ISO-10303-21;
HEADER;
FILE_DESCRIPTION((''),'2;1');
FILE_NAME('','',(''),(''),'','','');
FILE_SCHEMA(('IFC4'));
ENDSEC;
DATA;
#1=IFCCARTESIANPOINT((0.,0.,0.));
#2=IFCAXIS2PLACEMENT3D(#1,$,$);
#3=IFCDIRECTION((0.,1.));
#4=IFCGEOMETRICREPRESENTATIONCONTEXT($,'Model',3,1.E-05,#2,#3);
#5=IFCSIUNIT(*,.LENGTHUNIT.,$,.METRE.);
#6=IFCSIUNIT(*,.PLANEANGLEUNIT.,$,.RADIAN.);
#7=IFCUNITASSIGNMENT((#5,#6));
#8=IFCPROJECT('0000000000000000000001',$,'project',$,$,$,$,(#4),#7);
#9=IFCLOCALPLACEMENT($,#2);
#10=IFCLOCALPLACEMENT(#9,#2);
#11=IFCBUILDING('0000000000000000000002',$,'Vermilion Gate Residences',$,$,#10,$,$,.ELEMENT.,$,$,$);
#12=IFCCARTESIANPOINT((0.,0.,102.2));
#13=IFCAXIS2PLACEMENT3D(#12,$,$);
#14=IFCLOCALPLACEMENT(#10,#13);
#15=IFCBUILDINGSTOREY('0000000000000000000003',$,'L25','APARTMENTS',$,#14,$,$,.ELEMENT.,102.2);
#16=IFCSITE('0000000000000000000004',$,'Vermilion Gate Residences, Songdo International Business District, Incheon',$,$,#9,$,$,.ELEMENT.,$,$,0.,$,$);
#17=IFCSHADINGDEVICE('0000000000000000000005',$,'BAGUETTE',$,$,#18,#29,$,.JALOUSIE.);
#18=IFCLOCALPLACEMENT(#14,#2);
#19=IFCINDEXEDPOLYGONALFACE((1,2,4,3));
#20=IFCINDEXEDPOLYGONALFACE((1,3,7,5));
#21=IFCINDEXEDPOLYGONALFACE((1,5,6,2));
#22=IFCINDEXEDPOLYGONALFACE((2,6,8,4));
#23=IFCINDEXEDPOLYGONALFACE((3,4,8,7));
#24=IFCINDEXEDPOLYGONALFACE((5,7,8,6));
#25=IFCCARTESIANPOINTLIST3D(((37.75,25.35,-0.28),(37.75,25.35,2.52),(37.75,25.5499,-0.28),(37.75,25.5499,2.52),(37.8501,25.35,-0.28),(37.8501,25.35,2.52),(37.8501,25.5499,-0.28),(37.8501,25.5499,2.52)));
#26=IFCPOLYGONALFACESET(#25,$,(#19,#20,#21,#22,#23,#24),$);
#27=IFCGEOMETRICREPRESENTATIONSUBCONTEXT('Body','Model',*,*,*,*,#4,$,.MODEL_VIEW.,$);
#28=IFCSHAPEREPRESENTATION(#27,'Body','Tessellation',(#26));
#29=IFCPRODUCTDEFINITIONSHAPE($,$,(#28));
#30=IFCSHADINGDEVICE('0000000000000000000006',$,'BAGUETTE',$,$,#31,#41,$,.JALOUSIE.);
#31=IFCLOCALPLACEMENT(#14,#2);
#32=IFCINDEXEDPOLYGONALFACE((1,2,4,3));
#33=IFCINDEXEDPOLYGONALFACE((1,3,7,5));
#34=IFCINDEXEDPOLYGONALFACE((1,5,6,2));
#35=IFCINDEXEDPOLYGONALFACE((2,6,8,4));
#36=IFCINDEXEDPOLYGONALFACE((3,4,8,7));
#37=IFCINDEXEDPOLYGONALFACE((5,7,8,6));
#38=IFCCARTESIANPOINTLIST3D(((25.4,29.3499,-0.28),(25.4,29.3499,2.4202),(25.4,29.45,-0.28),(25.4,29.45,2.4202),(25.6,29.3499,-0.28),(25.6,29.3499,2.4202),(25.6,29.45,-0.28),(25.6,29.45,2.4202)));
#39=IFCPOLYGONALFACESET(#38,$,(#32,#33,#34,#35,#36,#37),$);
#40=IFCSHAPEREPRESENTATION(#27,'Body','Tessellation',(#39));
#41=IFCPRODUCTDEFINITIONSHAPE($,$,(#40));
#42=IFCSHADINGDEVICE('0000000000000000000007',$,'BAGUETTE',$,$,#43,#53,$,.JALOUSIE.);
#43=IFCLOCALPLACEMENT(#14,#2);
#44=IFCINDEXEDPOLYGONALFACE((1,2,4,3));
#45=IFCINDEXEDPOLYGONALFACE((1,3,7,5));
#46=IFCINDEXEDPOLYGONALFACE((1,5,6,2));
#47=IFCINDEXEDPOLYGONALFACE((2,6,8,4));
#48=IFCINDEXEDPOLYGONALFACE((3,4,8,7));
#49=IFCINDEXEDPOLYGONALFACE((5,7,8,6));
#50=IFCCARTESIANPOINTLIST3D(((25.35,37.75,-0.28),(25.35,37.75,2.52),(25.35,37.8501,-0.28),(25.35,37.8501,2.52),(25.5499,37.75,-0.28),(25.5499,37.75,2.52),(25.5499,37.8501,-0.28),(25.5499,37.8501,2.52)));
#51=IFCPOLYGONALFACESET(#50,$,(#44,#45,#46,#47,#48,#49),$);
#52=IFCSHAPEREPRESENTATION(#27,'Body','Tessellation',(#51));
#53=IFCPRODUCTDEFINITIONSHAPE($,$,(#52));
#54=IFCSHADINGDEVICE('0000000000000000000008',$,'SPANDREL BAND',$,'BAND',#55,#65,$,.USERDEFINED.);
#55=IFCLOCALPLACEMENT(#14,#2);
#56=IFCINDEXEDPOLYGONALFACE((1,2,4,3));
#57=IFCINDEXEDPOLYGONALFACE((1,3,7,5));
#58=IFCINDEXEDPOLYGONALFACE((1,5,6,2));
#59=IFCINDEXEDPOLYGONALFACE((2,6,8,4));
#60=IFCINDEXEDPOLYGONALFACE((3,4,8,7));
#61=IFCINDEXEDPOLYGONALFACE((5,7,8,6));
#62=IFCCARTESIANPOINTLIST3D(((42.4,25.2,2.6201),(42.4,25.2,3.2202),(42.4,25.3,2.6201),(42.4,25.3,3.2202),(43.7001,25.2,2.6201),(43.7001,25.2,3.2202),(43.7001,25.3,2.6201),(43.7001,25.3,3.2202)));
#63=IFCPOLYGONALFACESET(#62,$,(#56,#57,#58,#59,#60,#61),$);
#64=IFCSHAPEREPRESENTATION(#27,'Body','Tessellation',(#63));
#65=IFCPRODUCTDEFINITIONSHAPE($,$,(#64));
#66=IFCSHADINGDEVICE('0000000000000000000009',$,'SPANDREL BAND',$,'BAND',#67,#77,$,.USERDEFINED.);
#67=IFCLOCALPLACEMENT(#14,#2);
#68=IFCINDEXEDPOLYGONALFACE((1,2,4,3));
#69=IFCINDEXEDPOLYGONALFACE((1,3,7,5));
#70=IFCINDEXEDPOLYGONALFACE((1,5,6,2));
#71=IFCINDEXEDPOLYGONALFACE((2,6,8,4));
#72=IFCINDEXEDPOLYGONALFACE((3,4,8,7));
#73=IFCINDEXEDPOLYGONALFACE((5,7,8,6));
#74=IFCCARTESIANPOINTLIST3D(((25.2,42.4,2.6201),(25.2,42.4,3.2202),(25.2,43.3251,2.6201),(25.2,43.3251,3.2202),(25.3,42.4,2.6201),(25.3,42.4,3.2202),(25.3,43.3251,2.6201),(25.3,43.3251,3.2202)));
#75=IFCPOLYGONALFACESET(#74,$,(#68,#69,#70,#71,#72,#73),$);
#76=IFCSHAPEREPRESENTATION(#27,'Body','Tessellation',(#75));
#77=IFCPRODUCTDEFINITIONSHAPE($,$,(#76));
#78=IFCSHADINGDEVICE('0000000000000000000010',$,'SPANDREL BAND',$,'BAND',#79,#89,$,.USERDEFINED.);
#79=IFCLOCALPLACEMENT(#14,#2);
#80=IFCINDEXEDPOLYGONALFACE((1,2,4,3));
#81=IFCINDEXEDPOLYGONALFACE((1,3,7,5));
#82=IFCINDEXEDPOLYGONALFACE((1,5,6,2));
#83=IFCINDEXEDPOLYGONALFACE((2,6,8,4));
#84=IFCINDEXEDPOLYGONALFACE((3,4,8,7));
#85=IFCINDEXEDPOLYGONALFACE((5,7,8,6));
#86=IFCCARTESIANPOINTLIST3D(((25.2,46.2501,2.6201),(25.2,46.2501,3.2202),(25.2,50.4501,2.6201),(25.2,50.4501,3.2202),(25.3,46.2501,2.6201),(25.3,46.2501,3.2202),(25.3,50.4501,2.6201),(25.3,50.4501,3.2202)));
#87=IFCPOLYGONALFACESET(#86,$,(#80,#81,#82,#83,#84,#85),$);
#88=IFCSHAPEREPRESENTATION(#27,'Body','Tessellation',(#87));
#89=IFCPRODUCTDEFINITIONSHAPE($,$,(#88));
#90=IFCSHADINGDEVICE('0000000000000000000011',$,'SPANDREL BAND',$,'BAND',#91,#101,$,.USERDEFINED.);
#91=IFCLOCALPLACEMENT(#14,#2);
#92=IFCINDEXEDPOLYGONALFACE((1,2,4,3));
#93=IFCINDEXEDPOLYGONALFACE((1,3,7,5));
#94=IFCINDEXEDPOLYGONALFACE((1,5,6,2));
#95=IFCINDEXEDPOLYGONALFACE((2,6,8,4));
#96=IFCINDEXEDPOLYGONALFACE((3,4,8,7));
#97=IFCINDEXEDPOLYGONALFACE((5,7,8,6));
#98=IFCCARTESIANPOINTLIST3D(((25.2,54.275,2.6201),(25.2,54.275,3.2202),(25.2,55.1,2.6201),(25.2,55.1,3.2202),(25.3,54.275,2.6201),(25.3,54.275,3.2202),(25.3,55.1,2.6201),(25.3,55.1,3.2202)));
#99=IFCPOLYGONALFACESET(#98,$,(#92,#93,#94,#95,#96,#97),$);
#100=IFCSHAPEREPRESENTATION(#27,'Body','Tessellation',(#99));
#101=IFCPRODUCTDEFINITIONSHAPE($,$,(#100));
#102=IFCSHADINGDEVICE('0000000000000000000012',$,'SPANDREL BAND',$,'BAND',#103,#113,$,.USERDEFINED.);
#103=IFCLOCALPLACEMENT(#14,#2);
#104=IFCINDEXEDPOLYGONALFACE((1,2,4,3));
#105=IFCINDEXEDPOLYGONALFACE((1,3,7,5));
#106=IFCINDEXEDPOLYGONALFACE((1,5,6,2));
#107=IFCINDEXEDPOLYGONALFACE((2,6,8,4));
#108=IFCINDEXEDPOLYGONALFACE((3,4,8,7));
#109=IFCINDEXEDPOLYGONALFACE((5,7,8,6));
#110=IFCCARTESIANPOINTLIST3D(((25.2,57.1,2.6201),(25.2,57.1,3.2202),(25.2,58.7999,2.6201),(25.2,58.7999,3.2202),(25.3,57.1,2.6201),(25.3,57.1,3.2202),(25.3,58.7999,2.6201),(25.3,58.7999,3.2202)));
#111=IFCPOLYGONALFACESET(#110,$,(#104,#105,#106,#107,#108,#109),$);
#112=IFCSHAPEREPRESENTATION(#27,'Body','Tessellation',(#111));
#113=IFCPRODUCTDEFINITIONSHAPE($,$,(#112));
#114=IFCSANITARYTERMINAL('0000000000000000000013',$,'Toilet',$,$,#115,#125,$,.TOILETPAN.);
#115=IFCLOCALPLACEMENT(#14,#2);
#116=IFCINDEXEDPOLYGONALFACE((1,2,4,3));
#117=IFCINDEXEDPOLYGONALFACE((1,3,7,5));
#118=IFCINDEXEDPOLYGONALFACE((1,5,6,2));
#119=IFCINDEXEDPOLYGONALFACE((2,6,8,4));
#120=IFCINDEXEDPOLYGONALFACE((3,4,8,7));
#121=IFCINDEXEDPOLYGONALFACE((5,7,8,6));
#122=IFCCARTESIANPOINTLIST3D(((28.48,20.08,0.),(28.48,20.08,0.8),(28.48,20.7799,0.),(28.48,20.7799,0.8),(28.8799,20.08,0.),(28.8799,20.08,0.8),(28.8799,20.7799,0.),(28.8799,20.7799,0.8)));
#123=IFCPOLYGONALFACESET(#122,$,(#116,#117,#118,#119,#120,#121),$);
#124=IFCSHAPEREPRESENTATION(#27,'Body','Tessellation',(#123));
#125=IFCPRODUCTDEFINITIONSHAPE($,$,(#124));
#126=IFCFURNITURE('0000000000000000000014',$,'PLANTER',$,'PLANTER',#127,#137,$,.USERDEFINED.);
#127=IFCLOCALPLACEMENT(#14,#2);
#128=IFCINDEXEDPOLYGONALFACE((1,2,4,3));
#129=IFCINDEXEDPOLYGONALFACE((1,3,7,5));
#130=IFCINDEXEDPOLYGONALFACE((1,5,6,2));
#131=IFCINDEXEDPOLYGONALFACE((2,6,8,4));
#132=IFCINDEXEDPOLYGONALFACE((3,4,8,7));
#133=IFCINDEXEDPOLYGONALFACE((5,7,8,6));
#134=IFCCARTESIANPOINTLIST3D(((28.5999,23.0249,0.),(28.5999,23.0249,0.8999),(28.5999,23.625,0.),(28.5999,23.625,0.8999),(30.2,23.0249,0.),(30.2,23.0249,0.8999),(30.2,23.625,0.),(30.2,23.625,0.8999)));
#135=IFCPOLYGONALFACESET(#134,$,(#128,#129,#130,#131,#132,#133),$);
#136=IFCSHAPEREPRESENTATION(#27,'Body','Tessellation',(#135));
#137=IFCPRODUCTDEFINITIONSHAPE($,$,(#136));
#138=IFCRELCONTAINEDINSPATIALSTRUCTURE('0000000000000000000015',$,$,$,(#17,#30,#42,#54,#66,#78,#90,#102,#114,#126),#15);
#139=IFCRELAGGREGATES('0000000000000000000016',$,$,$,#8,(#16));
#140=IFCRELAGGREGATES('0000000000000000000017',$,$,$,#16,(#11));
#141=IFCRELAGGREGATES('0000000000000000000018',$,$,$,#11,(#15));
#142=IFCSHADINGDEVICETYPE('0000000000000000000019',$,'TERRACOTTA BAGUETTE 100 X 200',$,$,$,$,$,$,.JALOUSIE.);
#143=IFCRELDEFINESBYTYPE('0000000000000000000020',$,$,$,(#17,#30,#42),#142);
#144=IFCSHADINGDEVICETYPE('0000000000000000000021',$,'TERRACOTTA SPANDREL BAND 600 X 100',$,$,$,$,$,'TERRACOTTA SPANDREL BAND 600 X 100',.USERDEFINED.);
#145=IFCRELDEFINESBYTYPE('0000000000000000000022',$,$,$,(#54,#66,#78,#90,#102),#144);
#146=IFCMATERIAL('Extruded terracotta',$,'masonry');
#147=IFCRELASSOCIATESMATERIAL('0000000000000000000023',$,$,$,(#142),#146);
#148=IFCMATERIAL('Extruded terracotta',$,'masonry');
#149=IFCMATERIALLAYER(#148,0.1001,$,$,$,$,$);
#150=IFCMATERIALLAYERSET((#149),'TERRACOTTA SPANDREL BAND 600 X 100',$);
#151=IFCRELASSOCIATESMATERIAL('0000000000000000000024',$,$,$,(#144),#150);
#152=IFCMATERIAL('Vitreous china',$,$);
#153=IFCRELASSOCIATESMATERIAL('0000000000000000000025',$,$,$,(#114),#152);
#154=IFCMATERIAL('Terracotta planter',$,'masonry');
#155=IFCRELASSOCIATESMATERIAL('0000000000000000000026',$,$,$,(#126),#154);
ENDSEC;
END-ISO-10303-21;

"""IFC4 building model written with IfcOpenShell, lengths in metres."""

from ifc_helpers import new_model, si_unit, direction, frame, origin, origin_2d, place, context, subcontext, project, spatial, rectangle, extrude, material, layer, layer_set, material_profile, profile_set, type_object, element, save


model = new_model("IFC4")

# Units and contexts
model_context = context("Model", 3, precision=1e-05, world=origin(), true_north=direction((0.0, 1.0)))
body_context = subcontext(model_context, "Body", "Model", "MODEL_VIEW")
ifc_project = project(units=[si_unit("LENGTHUNIT", "METRE"), si_unit("PLANEANGLEUNIT", "RADIAN")], contexts=[model_context])

# Site, building, storey
site_placement = place(None, origin())
site = spatial("IfcSite", under=ifc_project, at=site_placement, Name="Vermilion Gate Residences, Songdo International Business District, Incheon", CompositionType="ELEMENT", RefElevation=0.0)
building_placement = place(site_placement, origin())
building = spatial("IfcBuilding", under=site, at=building_placement, Name="Vermilion Gate Residences", CompositionType="ELEMENT")
storey_placement = place(building_placement, frame((0.0, 0.0, 102.2)))
storey = spatial("IfcBuildingStorey", under=building, at=storey_placement, Name="L25", Description="APARTMENTS", CompositionType="ELEMENT", Elevation=102.2)

# Shading devices
ifc_material_1 = material(Name="Extruded terracotta", Category="masonry")
ifc_material_profile_1 = material_profile(ifc_material_1, rectangle(XDim=0.2, YDim=0.1001, at=origin_2d()), Name="BAGUETTE 100 X 200")
ifc_profile_set_1 = profile_set([ifc_material_profile_1], Name="Extruded terracotta")
shading_device_type_1 = type_object("IfcShadingDeviceType", Name="TERRACOTTA BAGUETTE 100 X 200", PredefinedType="JALOUSIE", material=ifc_profile_set_1)
shading_device_1_placement = place(storey_placement, frame((37.8, 25.45, -0.28), z_axis=(0.0, 0.0, 1.0), x_axis=(0.0, -1.0, 0.0)))
element("IfcShadingDevice", 1, at=shading_device_1_placement, inside=storey, type_object=shading_device_type_1, Name="BAGUETTE", PredefinedType="JALOUSIE", context=body_context, shape_type="SweptSolid", body=[
    extrude(rectangle(XDim=0.2, YDim=0.1001, at=origin_2d()), origin(), (0.0, 0.0, 1.0), 2.8),
])
shading_device_2_placement = place(storey_placement, frame((25.5, 29.3999, -0.28), z_axis=(0.0, 0.0, 1.0), x_axis=(-1.0, 0.0, 0.0)))
element("IfcShadingDevice", 2, at=shading_device_2_placement, inside=storey, type_object=shading_device_type_1, Name="BAGUETTE", PredefinedType="JALOUSIE", context=body_context, shape_type="SweptSolid", body=[
    extrude(rectangle(XDim=0.2, YDim=0.1001, at=origin_2d()), origin(), (0.0, 0.0, 1.0), 2.7002),
])
shading_device_3_placement = place(storey_placement, frame((25.45, 37.8, -0.28), z_axis=(0.0, 0.0, 1.0), x_axis=(-1.0, 0.0, 0.0)))
element("IfcShadingDevice", 3, at=shading_device_3_placement, inside=storey, type_object=shading_device_type_1, Name="BAGUETTE", PredefinedType="JALOUSIE", context=body_context, shape_type="SweptSolid", body=[
    extrude(rectangle(XDim=0.2, YDim=0.1001, at=origin_2d()), origin(), (0.0, 0.0, 1.0), 2.8),
])
ifc_material_2 = material(Name="Extruded terracotta", Category="masonry")
ifc_layer_1 = layer(ifc_material_2, 0.1001)
ifc_layer_set_1 = layer_set([ifc_layer_1], Name="TERRACOTTA SPANDREL BAND 600 X 100")
shading_device_type_2 = type_object("IfcShadingDeviceType", Name="TERRACOTTA SPANDREL BAND 600 X 100", ElementType="TERRACOTTA SPANDREL BAND 600 X 100", PredefinedType="USERDEFINED", material=ifc_layer_set_1)
shading_device_4_placement = place(storey_placement, frame((43.05, 25.25, 2.6201), z_axis=(0.0, 0.0, 1.0), x_axis=(1.0, 0.0, 0.0)))
element("IfcShadingDevice", 4, at=shading_device_4_placement, inside=storey, type_object=shading_device_type_2, Name="SPANDREL BAND", ObjectType="BAND", PredefinedType="USERDEFINED", context=body_context, shape_type="SweptSolid", body=[
    extrude(rectangle(XDim=1.3, YDim=0.1001, at=origin_2d()), origin(), (0.0, 0.0, 1.0), 0.6001),
])
shading_device_5_placement = place(storey_placement, frame((25.25, 42.8625, 2.6201), z_axis=(0.0, 0.0, 1.0), x_axis=(0.0, 1.0, 0.0)))
element("IfcShadingDevice", 5, at=shading_device_5_placement, inside=storey, type_object=shading_device_type_2, Name="SPANDREL BAND", ObjectType="BAND", PredefinedType="USERDEFINED", context=body_context, shape_type="SweptSolid", body=[
    extrude(rectangle(XDim=0.925, YDim=0.1001, at=origin_2d()), origin(), (0.0, 0.0, 1.0), 0.6001),
])
shading_device_6_placement = place(storey_placement, frame((25.25, 48.3501, 2.6201), z_axis=(0.0, 0.0, 1.0), x_axis=(0.0, 1.0, 0.0)))
element("IfcShadingDevice", 6, at=shading_device_6_placement, inside=storey, type_object=shading_device_type_2, Name="SPANDREL BAND", ObjectType="BAND", PredefinedType="USERDEFINED", context=body_context, shape_type="SweptSolid", body=[
    extrude(rectangle(XDim=4.2, YDim=0.1001, at=origin_2d()), origin(), (0.0, 0.0, 1.0), 0.6001),
])
shading_device_7_placement = place(storey_placement, frame((25.25, 54.6875, 2.6201), z_axis=(0.0, 0.0, 1.0), x_axis=(0.0, 1.0, 0.0)))
element("IfcShadingDevice", 7, at=shading_device_7_placement, inside=storey, type_object=shading_device_type_2, Name="SPANDREL BAND", ObjectType="BAND", PredefinedType="USERDEFINED", context=body_context, shape_type="SweptSolid", body=[
    extrude(rectangle(XDim=0.825, YDim=0.1001, at=origin_2d()), origin(), (0.0, 0.0, 1.0), 0.6001),
])
shading_device_8_placement = place(storey_placement, frame((25.25, 57.95, 2.6201), z_axis=(0.0, 0.0, 1.0), x_axis=(0.0, 1.0, 0.0)))
element("IfcShadingDevice", 8, at=shading_device_8_placement, inside=storey, type_object=shading_device_type_2, Name="SPANDREL BAND", ObjectType="BAND", PredefinedType="USERDEFINED", context=body_context, shape_type="SweptSolid", body=[
    extrude(rectangle(XDim=1.7, YDim=0.1001, at=origin_2d()), origin(), (0.0, 0.0, 1.0), 0.6001),
])

# Sanitary terminal
ifc_material_3 = material(Name="Vitreous china")
sanitary_terminal_placement = place(storey_placement, frame((28.6799, 20.4299, 0.0), z_axis=(0.0, 0.0, 1.0), x_axis=(1.0, 0.0, 0.0)))
element("IfcSanitaryTerminal", 9, at=sanitary_terminal_placement, inside=storey, material=ifc_material_3, Name="Toilet", PredefinedType="TOILETPAN", context=body_context, shape_type="SweptSolid", body=[
    extrude(rectangle(XDim=0.3999, YDim=0.7, at=origin_2d()), origin(), (0.0, 0.0, 1.0), 0.8),
])

# Furniture
ifc_material_4 = material(Name="Terracotta planter", Category="masonry")
furniture_placement = place(storey_placement, frame((29.3999, 23.325, 0.0), z_axis=(0.0, 0.0, 1.0), x_axis=(-1.0, 0.0, 0.0)))
element("IfcFurniture", 10, at=furniture_placement, inside=storey, material=ifc_material_4, Name="PLANTER", ObjectType="PLANTER", PredefinedType="USERDEFINED", context=body_context, shape_type="SweptSolid", body=[
    extrude(rectangle(XDim=1.6001, YDim=0.6001, at=origin_2d()), origin(), (0.0, 0.0, 1.0), 0.8999),
])

save(model, "model.ifc")
